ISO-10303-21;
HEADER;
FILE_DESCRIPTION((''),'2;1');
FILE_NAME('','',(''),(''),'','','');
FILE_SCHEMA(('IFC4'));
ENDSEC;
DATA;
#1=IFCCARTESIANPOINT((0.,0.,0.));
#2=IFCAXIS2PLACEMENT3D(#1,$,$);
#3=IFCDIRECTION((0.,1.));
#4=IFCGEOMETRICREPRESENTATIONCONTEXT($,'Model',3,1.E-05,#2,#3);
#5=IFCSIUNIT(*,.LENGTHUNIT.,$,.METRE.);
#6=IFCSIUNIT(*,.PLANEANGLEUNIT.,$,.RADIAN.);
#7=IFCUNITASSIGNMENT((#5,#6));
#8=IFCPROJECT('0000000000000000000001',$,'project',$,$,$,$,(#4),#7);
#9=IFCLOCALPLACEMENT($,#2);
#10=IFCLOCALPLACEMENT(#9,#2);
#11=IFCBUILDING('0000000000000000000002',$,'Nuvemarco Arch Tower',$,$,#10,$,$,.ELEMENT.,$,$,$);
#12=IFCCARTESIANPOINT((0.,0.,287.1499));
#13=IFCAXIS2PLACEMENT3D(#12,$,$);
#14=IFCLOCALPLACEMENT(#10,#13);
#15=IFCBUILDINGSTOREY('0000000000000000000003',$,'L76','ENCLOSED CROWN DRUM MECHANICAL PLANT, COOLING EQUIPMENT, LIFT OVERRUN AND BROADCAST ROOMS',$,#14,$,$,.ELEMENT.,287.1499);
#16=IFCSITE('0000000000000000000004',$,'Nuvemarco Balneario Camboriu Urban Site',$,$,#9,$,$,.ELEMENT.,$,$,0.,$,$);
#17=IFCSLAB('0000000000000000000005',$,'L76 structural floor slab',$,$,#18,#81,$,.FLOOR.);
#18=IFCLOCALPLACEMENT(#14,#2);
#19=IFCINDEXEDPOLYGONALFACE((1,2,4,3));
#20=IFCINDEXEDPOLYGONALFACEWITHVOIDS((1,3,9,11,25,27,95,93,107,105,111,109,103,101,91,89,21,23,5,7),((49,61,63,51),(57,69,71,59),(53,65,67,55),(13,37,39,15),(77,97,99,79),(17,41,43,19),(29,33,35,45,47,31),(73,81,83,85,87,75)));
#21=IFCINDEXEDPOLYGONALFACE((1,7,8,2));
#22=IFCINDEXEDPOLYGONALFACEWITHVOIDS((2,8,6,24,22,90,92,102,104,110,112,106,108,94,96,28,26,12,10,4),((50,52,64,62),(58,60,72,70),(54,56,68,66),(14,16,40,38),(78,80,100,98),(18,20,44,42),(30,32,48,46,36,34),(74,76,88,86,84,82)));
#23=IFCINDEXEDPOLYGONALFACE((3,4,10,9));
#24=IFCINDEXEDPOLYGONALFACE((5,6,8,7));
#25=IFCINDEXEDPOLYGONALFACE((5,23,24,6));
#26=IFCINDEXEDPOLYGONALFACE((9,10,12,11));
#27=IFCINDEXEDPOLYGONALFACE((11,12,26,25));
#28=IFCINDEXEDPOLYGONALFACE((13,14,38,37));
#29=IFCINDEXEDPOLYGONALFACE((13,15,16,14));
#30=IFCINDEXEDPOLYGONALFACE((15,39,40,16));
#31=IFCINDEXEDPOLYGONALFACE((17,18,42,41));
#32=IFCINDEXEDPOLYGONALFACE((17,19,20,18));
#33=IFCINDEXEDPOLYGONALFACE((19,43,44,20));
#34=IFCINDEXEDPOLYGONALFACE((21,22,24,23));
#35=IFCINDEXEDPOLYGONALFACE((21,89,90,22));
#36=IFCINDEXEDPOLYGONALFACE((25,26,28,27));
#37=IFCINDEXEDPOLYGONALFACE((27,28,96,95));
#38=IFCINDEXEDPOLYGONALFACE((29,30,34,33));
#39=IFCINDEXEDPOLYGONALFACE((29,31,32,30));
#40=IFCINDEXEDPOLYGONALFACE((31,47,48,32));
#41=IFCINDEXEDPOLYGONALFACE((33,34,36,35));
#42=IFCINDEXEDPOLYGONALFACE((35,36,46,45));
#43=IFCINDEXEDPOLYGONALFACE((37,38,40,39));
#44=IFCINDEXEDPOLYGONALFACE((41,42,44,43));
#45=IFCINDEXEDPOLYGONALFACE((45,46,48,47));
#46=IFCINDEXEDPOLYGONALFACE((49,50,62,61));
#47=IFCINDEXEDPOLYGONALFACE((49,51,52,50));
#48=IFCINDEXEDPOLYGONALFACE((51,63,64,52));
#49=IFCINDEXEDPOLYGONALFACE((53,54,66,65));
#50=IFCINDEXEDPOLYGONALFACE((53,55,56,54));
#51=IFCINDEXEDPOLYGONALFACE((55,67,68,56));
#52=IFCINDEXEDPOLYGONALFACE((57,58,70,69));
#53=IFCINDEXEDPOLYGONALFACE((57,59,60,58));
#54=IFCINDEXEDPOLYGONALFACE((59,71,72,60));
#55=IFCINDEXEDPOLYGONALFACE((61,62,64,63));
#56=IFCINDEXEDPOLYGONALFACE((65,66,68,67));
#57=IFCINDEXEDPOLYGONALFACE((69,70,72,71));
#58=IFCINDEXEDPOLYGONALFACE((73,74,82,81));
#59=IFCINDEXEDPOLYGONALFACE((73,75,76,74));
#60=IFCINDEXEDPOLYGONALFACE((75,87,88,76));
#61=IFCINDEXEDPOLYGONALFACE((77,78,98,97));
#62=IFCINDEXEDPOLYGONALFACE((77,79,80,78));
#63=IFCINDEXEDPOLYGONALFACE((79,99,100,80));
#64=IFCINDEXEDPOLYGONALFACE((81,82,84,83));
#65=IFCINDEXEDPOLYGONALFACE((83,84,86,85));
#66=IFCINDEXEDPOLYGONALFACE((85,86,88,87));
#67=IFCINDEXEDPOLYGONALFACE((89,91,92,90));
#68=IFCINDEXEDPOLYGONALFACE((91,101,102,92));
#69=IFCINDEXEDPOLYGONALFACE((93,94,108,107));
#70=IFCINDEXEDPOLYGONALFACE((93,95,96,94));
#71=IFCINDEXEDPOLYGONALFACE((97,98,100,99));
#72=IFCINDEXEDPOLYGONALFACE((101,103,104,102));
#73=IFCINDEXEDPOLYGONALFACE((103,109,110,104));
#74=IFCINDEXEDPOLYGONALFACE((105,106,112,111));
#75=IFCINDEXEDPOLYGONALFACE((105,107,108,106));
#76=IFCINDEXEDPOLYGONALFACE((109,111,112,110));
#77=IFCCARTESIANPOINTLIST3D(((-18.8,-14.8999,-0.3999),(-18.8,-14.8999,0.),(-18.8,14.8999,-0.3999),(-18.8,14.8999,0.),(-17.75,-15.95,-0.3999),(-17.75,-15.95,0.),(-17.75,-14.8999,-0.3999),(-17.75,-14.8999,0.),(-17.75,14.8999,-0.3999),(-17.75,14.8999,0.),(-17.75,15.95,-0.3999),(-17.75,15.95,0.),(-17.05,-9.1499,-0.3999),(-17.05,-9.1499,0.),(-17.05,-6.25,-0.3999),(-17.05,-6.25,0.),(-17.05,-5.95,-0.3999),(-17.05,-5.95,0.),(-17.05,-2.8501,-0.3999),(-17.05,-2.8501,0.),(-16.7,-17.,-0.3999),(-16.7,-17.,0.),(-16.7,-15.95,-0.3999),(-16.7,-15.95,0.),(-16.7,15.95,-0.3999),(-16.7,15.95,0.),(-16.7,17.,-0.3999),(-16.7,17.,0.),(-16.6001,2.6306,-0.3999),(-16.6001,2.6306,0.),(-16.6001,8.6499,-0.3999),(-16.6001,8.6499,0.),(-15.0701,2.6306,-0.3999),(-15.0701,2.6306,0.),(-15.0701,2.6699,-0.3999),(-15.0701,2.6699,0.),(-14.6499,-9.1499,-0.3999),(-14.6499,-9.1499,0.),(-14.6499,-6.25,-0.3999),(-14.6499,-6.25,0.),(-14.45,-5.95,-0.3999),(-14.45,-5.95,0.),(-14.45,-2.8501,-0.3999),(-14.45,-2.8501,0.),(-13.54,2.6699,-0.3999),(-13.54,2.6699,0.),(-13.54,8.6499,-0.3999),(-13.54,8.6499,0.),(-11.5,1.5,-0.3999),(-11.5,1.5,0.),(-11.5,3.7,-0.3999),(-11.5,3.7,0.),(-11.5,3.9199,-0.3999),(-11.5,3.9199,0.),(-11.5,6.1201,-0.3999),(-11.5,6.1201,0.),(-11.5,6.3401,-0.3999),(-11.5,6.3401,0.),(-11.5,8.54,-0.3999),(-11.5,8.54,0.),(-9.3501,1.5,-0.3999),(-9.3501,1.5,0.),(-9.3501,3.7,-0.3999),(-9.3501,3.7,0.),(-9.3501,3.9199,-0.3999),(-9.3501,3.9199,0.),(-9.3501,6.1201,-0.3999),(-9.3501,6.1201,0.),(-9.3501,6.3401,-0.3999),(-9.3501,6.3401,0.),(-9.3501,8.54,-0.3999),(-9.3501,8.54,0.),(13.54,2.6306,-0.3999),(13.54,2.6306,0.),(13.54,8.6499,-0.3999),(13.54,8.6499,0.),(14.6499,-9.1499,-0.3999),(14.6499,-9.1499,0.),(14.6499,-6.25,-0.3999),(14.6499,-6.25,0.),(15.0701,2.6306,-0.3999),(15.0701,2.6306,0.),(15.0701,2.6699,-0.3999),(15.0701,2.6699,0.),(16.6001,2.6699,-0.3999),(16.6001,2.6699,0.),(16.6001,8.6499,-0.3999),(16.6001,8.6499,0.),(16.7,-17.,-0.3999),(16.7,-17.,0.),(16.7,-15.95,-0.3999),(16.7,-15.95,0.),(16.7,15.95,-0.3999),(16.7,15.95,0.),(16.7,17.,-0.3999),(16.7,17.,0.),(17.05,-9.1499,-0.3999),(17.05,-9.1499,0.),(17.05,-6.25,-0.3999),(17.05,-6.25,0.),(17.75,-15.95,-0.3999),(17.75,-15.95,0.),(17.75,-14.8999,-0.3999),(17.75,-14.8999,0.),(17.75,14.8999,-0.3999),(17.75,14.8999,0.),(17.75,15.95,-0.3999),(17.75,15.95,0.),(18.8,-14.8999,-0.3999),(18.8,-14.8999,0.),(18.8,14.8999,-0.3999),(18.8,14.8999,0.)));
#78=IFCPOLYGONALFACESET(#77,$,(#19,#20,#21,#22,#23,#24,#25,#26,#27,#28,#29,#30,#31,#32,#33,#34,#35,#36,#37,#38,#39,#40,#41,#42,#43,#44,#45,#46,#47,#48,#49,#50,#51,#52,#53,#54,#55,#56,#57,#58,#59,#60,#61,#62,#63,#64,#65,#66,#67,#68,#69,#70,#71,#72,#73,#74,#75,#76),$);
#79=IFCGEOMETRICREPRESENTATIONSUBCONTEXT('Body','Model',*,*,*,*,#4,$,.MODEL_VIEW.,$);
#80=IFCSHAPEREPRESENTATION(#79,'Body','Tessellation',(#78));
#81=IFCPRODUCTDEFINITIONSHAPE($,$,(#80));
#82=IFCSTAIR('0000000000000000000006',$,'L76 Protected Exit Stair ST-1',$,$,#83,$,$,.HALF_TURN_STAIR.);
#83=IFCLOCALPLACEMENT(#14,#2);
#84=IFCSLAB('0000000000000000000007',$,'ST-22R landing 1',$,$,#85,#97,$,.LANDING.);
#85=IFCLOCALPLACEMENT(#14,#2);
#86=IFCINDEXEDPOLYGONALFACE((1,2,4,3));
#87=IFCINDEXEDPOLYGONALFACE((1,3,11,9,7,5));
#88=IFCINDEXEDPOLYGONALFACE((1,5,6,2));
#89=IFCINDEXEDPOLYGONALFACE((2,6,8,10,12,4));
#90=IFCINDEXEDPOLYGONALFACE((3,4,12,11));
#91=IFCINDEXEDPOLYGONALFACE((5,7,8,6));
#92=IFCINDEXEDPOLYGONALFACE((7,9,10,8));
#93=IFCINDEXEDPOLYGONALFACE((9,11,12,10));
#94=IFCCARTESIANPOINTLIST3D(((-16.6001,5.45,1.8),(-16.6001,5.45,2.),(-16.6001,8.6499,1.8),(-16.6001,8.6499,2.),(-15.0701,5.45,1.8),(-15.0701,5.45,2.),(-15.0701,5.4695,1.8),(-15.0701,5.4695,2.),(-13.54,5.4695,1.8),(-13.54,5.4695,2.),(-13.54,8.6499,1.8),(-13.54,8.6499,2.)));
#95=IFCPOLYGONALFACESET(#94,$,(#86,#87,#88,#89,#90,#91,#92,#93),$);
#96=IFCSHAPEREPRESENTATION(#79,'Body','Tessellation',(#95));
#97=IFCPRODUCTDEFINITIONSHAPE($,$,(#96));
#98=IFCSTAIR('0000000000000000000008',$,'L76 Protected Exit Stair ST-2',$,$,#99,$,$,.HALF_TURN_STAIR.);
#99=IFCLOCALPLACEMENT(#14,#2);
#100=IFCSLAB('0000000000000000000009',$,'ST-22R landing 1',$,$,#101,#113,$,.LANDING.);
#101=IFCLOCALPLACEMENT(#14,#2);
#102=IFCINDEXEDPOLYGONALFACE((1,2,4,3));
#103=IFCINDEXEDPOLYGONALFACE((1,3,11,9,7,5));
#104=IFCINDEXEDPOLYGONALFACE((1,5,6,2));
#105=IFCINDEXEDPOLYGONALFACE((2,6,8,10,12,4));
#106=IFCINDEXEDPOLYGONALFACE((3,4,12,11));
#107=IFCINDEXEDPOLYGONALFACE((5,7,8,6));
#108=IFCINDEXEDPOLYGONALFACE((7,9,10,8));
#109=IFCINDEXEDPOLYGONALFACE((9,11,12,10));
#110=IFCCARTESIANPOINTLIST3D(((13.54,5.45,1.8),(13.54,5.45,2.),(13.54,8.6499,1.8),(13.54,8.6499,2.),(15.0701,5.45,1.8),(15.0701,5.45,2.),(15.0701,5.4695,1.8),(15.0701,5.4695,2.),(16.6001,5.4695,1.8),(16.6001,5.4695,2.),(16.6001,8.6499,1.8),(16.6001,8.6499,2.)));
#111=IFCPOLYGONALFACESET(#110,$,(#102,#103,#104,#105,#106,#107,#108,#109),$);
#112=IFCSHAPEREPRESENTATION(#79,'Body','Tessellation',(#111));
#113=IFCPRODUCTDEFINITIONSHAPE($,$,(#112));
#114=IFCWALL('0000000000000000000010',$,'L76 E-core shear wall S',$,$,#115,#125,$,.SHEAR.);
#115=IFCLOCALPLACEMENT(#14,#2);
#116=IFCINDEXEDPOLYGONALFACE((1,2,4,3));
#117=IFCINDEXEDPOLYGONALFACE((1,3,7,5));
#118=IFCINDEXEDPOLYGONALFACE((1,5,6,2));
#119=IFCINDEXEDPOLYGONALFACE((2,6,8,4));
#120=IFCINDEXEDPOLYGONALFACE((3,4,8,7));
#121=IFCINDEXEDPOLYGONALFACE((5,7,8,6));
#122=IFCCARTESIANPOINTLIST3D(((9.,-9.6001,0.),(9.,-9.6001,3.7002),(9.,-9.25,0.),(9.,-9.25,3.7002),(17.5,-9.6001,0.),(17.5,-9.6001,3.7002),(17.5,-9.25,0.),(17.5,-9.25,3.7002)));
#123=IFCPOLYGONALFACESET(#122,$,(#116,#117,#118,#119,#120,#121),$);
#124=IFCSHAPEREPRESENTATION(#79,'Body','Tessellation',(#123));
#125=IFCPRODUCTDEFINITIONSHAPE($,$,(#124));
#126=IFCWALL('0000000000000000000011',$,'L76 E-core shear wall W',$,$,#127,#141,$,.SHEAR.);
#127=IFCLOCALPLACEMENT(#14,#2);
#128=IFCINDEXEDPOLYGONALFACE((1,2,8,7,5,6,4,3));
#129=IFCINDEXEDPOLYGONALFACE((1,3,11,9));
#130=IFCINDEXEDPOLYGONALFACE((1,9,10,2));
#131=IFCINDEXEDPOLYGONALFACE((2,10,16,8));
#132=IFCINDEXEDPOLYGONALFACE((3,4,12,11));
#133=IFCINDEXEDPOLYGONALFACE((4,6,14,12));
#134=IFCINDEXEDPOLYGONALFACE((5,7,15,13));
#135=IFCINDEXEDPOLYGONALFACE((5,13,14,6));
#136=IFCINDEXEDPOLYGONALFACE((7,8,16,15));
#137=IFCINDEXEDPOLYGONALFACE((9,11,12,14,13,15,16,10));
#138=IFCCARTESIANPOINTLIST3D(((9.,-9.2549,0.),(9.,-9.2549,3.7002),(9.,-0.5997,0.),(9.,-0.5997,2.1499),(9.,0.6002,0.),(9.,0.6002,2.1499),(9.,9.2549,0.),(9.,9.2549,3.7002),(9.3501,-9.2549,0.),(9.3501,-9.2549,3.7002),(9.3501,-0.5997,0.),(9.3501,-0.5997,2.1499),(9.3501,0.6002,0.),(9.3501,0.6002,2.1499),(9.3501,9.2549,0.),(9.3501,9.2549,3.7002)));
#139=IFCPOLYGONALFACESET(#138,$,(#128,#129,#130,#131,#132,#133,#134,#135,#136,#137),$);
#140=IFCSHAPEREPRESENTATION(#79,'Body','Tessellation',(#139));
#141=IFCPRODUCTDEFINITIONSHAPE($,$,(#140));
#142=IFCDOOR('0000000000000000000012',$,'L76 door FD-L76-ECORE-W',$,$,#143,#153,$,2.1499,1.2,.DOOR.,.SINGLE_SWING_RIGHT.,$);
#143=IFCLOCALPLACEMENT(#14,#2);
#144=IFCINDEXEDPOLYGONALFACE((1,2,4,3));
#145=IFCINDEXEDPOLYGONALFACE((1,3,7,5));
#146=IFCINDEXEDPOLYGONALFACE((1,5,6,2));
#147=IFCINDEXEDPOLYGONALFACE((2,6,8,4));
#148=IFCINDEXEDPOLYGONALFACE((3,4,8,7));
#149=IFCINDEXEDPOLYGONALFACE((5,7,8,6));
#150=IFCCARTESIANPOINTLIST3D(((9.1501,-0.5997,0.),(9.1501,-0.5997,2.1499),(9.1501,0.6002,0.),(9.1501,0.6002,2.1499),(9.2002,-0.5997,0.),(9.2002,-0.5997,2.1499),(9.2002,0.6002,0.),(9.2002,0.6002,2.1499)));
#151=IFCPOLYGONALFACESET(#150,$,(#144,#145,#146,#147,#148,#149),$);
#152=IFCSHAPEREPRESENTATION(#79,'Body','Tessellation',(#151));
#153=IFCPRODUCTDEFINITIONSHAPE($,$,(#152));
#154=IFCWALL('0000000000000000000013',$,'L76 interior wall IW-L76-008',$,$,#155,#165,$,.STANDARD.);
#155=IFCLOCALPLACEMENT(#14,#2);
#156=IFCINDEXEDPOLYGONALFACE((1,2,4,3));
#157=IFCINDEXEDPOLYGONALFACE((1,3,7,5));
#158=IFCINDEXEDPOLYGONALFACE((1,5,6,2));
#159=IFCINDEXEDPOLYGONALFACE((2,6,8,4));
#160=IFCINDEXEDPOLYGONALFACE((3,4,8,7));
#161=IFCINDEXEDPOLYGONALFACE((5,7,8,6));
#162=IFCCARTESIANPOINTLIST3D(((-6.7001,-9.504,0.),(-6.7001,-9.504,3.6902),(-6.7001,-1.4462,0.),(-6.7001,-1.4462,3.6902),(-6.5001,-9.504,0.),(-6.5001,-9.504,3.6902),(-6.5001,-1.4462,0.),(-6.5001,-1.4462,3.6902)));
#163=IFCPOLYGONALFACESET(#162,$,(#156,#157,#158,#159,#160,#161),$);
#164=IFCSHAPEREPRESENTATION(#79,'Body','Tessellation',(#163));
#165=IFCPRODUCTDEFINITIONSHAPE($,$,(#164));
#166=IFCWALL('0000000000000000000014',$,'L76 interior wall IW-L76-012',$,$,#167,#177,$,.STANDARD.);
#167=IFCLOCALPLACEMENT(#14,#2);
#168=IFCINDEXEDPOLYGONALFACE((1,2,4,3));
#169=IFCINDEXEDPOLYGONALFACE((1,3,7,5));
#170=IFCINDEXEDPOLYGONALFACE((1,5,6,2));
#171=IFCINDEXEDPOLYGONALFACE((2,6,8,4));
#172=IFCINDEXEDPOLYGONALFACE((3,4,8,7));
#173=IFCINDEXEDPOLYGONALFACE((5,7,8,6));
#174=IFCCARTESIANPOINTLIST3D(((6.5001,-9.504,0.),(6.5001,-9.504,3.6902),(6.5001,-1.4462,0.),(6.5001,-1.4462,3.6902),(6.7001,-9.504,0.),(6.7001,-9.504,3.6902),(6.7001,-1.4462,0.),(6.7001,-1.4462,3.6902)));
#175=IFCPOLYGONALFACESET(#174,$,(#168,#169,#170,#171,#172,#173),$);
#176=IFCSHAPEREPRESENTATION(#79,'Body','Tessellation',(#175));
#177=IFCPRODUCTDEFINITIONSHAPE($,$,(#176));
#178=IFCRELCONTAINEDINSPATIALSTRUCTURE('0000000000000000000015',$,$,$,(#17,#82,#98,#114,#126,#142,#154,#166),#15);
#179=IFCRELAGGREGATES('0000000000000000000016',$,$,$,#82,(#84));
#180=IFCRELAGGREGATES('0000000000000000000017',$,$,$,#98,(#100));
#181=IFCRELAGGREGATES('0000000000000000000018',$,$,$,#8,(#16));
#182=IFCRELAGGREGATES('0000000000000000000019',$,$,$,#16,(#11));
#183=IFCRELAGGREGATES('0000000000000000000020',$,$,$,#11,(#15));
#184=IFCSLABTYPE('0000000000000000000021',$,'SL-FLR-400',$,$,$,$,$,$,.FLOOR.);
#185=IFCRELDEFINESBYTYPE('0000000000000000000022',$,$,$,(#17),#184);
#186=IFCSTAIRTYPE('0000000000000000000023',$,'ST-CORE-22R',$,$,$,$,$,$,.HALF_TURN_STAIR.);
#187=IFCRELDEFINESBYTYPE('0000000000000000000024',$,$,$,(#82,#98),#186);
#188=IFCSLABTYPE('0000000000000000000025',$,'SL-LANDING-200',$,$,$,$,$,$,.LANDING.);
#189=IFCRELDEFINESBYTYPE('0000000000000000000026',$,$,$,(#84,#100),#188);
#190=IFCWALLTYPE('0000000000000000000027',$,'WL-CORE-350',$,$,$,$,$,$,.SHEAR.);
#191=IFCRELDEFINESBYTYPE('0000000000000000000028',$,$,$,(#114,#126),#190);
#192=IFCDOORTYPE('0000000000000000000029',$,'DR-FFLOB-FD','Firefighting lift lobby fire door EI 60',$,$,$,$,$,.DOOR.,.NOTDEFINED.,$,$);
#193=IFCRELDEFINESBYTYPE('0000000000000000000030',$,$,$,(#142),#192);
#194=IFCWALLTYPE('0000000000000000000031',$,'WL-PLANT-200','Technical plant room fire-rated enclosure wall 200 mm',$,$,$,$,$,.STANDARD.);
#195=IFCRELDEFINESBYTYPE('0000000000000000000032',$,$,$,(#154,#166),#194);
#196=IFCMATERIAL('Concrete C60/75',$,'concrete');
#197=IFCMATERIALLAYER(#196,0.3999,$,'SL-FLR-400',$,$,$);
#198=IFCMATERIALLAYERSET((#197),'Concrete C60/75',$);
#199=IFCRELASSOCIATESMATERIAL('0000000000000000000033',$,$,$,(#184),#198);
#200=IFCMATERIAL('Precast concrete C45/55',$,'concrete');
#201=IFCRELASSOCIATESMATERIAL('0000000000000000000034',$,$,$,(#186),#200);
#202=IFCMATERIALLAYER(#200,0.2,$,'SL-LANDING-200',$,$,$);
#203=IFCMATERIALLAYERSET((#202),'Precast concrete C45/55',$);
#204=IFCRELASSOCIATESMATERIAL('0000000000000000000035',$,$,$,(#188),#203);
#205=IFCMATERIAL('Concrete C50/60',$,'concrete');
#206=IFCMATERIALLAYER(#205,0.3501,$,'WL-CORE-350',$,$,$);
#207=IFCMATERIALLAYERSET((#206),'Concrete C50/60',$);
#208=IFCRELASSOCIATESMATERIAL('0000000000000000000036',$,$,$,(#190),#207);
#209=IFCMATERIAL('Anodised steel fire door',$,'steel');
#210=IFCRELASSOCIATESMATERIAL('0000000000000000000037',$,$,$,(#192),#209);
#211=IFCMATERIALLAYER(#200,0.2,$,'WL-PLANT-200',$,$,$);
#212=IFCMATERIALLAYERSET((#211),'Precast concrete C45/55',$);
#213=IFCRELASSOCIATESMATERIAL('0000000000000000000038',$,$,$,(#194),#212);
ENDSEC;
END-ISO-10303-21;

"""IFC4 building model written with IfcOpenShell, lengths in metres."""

from ifc_helpers import new_model, si_unit, direction, frame, frame_2d, origin, place, context, subcontext, project, spatial, polyline, rectangle, outline, extrude, source, transform, mapped, material, layer, layer_set, type_object, type_shapes, element, fill, aggregate, save


model = new_model("IFC4")

# Units and contexts
model_context = context("Model", 3, precision=1e-05, world=origin(), true_north=direction((0.0, 1.0)))
body_context = subcontext(model_context, "Body", "Model", "MODEL_VIEW")
ifc_project = project(units=[si_unit("LENGTHUNIT", "METRE"), si_unit("PLANEANGLEUNIT", "RADIAN")], contexts=[model_context])

# Site, building, storey
site_placement = place(None, origin())
site = spatial("IfcSite", under=ifc_project, at=site_placement, Name="Nuvemarco Balneario Camboriu Urban Site", CompositionType="ELEMENT", RefElevation=0.0)
building_placement = place(site_placement, origin())
building = spatial("IfcBuilding", under=site, at=building_placement, Name="Nuvemarco Arch Tower", CompositionType="ELEMENT")
storey_placement = place(building_placement, frame((0.0, 0.0, 287.1499)))
storey = spatial("IfcBuildingStorey", under=building, at=storey_placement, Name="L76", Description="ENCLOSED CROWN DRUM MECHANICAL PLANT, COOLING EQUIPMENT, LIFT OVERRUN AND BROADCAST ROOMS", CompositionType="ELEMENT", Elevation=287.1499)

# Shared definitions
ifc_material_1 = material(Name="Concrete C50/60", Category="concrete")

# Slab
ifc_material_2 = material(Name="Concrete C60/75", Category="concrete")
ifc_layer_1 = layer(ifc_material_2, 0.3999, Name="SL-FLR-400")
ifc_layer_set_1 = layer_set([ifc_layer_1], Name="Concrete C60/75")
slab_type_1 = type_object("IfcSlabType", Name="SL-FLR-400", PredefinedType="FLOOR", material=ifc_layer_set_1)
slab_1_placement = place(storey_placement, frame((0.0, 0.0, -0.3999)))
element("IfcSlab", 1, at=slab_1_placement, inside=storey, type_object=slab_type_1, Name="L76 structural floor slab", PredefinedType="FLOOR", context=body_context, shape_type="SweptSolid", body=[
    extrude(outline(polyline([(-16.7, -17.0), (16.7, -17.0), (16.7, -15.95), (17.75, -15.95), (17.75, -14.8999), (18.8, -14.8999), (18.8, 14.8999), (17.75, 14.8999), (17.75, 15.95), (16.7, 15.95), (16.7, 17.0), (-16.7, 17.0), (-16.7, 15.95), (-17.75, 15.95), (-17.75, 14.8999), (-18.8, 14.8999), (-18.8, -14.8999), (-17.75, -14.8999), (-17.75, -15.95), (-16.7, -15.95), (-16.7, -17.0)]), holes=[polyline([(-13.54, 2.6699), (-13.54, 8.6499), (-16.6001, 8.6499), (-16.6001, 2.6306), (-15.0701, 2.6306), (-15.0701, 2.6699), (-13.54, 2.6699)]), polyline([(16.6001, 2.6699), (16.6001, 8.6499), (13.54, 8.6499), (13.54, 2.6306), (15.0701, 2.6306), (15.0701, 2.6699), (16.6001, 2.6699)]), polyline([(-17.05, -9.1499), (-14.6499, -9.1499), (-14.6499, -6.25), (-17.05, -6.25), (-17.05, -9.1499)]), polyline([(-17.05, -5.95), (-14.45, -5.95), (-14.45, -2.8501), (-17.05, -2.8501), (-17.05, -5.95)]), polyline([(-11.5, 1.5), (-9.3501, 1.5), (-9.3501, 3.7), (-11.5, 3.7), (-11.5, 1.5)]), polyline([(-11.5, 3.9199), (-9.3501, 3.9199), (-9.3501, 6.1201), (-11.5, 6.1201), (-11.5, 3.9199)]), polyline([(-11.5, 6.3401), (-9.3501, 6.3401), (-9.3501, 8.54), (-11.5, 8.54), (-11.5, 6.3401)]), polyline([(14.6499, -9.1499), (17.05, -9.1499), (17.05, -6.25), (14.6499, -6.25), (14.6499, -9.1499)])]), origin(), (0.0, 0.0, 1.0), 0.3999),
])

# Stairs, slabs
ifc_material_3 = material(Name="Precast concrete C45/55", Category="concrete")
stair_type = type_object("IfcStairType", Name="ST-CORE-22R", PredefinedType="HALF_TURN_STAIR", material=ifc_material_3)
stair_1_placement = place(storey_placement, origin())
stair_1 = element("IfcStair", 2, at=stair_1_placement, inside=storey, type_object=stair_type, Name="L76 Protected Exit Stair ST-1", PredefinedType="HALF_TURN_STAIR")
ifc_layer_2 = layer(ifc_material_3, 0.2, Name="SL-LANDING-200")
ifc_layer_set_2 = layer_set([ifc_layer_2], Name="Precast concrete C45/55")
slab_type_2 = type_object("IfcSlabType", Name="SL-LANDING-200", PredefinedType="LANDING", material=ifc_layer_set_2)
slab_2_placement = place(storey_placement, frame((0.0, 0.0, 1.8)))
slab_2 = element("IfcSlab", 3, at=slab_2_placement, type_object=slab_type_2, Name="ST-22R landing 1", PredefinedType="LANDING", context=body_context, shape_type="SweptSolid", body=[
    extrude(outline(polyline([(-13.54, 5.4695), (-13.54, 8.6499), (-16.6001, 8.6499), (-16.6001, 5.45), (-15.0701, 5.45), (-15.0701, 5.4695), (-13.54, 5.4695)])), origin(), (0.0, 0.0, 1.0), 0.2),
])
aggregate(stair_1, [slab_2])
stair_2_placement = place(storey_placement, origin())
stair_2 = element("IfcStair", 4, at=stair_2_placement, inside=storey, type_object=stair_type, Name="L76 Protected Exit Stair ST-2", PredefinedType="HALF_TURN_STAIR")
slab_3_placement = place(storey_placement, frame((0.0, 0.0, 1.8)))
slab_3 = element("IfcSlab", 5, at=slab_3_placement, type_object=slab_type_2, Name="ST-22R landing 1", PredefinedType="LANDING", context=body_context, shape_type="SweptSolid", body=[
    extrude(outline(polyline([(16.6001, 5.4695), (16.6001, 8.6499), (13.54, 8.6499), (13.54, 5.45), (15.0701, 5.45), (15.0701, 5.4695), (16.6001, 5.4695)])), origin(), (0.0, 0.0, 1.0), 0.2),
])
aggregate(stair_2, [slab_3])

# Wall
ifc_layer_3 = layer(ifc_material_1, 0.3501, Name="WL-CORE-350")
ifc_layer_set_3 = layer_set([ifc_layer_3], Name="Concrete C50/60")
wall_type_1 = type_object("IfcWallType", Name="WL-CORE-350", PredefinedType="SHEAR", material=ifc_layer_set_3)
wall_1_placement = place(storey_placement, frame((9.0, -9.425, 0.0), z_axis=(0.0, 0.0, 1.0), x_axis=(1.0, 0.0, 0.0)))
element("IfcWall", 6, at=wall_1_placement, inside=storey, type_object=wall_type_1, Name="L76 E-core shear wall S", PredefinedType="SHEAR", context=body_context, shape_type="SweptSolid", body=[
    extrude(rectangle(XDim=8.5, YDim=0.3501, at=frame_2d((4.25, 0.0))), origin(), (0.0, 0.0, 1.0), 3.7002),
])

# Wall, opening, door
wall_2_placement = place(storey_placement, frame((9.175, -9.2549, 0.0), z_axis=(0.0, 0.0, 1.0), x_axis=(0.0, 1.0, 0.0)))
wall_2 = element("IfcWall", 7, at=wall_2_placement, inside=storey, type_object=wall_type_1, Name="L76 E-core shear wall W", PredefinedType="SHEAR", context=body_context, shape_type="SweptSolid", body=[
    extrude(rectangle(XDim=18.5098, YDim=0.3501, at=frame_2d((9.2549, 0.0))), origin(), (0.0, 0.0, 1.0), 3.7002),
])
opening_placement = place(wall_2_placement, frame((8.655, 0.0, 0.0)))
opening = element("IfcOpeningElement", 8, at=opening_placement, cuts=wall_2, PredefinedType="OPENING", context=body_context, shape_type="SweptSolid", body=[
    extrude(rectangle(XDim=1.2, YDim=2.1499, at=frame_2d((0.6001, 1.075))), frame((0.0, 0.1851, 0.0), z_axis=(0.0, -1.0, 0.0), x_axis=(1.0, 0.0, 0.0)), (0.0, 0.0, 1.0), 0.3701),
])
ifc_material_4 = material(Name="Anodised steel fire door", Category="steel")
door_type = type_object("IfcDoorType", Name="DR-FFLOB-FD", Description="Firefighting lift lobby fire door EI 60", OperationType="NOTDEFINED", PredefinedType="DOOR", material=ifc_material_4)
shared_shape = source(origin(), body_context, "Body", "SweptSolid", [
    extrude(rectangle(XDim=1.2, YDim=2.1499, at=frame_2d((0.6001, 1.075))), frame((0.0, 0.0249, 0.0), z_axis=(0.0, -1.0, 0.0), x_axis=(1.0, 0.0, 0.0)), (0.0, 0.0, 1.0), 0.05),
])
type_shapes(door_type, [shared_shape])
door_placement = place(opening_placement, origin())
door = element("IfcDoor", 9, at=door_placement, inside=storey, type_object=door_type, Name="L76 door FD-L76-ECORE-W", OperationType="SINGLE_SWING_RIGHT", OverallHeight=2.1499, OverallWidth=1.2, PredefinedType="DOOR", context=body_context, shape_type="MappedRepresentation", body=[
    mapped(shared_shape, transform((0.0, 0.0, 0.0), scale=1.0)),
])
fill(opening, door)

# Walls
ifc_layer_4 = layer(ifc_material_3, 0.2, Name="WL-PLANT-200")
ifc_layer_set_4 = layer_set([ifc_layer_4], Name="Precast concrete C45/55")
wall_type_2 = type_object("IfcWallType", Name="WL-PLANT-200", Description="Technical plant room fire-rated enclosure wall 200 mm", PredefinedType="STANDARD", material=ifc_layer_set_4)
for number, where, z_axis, x_axis, name in (
    (10, (-6.6001, -9.5039, 0.0), (0.0, 0.0, 1.0), (0.0, 1.0, 0.0), "L76 interior wall IW-L76-008"),
    (11, (6.6001, -9.5039, 0.0), (0.0, 0.0, 1.0), (0.0, 1.0, 0.0), "L76 interior wall IW-L76-012"),
):
    element("IfcWall", number, at=place(storey_placement, frame(where, z_axis=z_axis, x_axis=x_axis)), inside=storey, type_object=wall_type_2, Name=name, PredefinedType="STANDARD", context=body_context, shape_type="SweptSolid", body=[
        extrude(rectangle(XDim=8.0579, YDim=0.2, at=frame_2d((4.0288, 0.0))), origin(), (0.0, 0.0, 1.0), 3.6902),
    ])

save(model, "model.ifc")
